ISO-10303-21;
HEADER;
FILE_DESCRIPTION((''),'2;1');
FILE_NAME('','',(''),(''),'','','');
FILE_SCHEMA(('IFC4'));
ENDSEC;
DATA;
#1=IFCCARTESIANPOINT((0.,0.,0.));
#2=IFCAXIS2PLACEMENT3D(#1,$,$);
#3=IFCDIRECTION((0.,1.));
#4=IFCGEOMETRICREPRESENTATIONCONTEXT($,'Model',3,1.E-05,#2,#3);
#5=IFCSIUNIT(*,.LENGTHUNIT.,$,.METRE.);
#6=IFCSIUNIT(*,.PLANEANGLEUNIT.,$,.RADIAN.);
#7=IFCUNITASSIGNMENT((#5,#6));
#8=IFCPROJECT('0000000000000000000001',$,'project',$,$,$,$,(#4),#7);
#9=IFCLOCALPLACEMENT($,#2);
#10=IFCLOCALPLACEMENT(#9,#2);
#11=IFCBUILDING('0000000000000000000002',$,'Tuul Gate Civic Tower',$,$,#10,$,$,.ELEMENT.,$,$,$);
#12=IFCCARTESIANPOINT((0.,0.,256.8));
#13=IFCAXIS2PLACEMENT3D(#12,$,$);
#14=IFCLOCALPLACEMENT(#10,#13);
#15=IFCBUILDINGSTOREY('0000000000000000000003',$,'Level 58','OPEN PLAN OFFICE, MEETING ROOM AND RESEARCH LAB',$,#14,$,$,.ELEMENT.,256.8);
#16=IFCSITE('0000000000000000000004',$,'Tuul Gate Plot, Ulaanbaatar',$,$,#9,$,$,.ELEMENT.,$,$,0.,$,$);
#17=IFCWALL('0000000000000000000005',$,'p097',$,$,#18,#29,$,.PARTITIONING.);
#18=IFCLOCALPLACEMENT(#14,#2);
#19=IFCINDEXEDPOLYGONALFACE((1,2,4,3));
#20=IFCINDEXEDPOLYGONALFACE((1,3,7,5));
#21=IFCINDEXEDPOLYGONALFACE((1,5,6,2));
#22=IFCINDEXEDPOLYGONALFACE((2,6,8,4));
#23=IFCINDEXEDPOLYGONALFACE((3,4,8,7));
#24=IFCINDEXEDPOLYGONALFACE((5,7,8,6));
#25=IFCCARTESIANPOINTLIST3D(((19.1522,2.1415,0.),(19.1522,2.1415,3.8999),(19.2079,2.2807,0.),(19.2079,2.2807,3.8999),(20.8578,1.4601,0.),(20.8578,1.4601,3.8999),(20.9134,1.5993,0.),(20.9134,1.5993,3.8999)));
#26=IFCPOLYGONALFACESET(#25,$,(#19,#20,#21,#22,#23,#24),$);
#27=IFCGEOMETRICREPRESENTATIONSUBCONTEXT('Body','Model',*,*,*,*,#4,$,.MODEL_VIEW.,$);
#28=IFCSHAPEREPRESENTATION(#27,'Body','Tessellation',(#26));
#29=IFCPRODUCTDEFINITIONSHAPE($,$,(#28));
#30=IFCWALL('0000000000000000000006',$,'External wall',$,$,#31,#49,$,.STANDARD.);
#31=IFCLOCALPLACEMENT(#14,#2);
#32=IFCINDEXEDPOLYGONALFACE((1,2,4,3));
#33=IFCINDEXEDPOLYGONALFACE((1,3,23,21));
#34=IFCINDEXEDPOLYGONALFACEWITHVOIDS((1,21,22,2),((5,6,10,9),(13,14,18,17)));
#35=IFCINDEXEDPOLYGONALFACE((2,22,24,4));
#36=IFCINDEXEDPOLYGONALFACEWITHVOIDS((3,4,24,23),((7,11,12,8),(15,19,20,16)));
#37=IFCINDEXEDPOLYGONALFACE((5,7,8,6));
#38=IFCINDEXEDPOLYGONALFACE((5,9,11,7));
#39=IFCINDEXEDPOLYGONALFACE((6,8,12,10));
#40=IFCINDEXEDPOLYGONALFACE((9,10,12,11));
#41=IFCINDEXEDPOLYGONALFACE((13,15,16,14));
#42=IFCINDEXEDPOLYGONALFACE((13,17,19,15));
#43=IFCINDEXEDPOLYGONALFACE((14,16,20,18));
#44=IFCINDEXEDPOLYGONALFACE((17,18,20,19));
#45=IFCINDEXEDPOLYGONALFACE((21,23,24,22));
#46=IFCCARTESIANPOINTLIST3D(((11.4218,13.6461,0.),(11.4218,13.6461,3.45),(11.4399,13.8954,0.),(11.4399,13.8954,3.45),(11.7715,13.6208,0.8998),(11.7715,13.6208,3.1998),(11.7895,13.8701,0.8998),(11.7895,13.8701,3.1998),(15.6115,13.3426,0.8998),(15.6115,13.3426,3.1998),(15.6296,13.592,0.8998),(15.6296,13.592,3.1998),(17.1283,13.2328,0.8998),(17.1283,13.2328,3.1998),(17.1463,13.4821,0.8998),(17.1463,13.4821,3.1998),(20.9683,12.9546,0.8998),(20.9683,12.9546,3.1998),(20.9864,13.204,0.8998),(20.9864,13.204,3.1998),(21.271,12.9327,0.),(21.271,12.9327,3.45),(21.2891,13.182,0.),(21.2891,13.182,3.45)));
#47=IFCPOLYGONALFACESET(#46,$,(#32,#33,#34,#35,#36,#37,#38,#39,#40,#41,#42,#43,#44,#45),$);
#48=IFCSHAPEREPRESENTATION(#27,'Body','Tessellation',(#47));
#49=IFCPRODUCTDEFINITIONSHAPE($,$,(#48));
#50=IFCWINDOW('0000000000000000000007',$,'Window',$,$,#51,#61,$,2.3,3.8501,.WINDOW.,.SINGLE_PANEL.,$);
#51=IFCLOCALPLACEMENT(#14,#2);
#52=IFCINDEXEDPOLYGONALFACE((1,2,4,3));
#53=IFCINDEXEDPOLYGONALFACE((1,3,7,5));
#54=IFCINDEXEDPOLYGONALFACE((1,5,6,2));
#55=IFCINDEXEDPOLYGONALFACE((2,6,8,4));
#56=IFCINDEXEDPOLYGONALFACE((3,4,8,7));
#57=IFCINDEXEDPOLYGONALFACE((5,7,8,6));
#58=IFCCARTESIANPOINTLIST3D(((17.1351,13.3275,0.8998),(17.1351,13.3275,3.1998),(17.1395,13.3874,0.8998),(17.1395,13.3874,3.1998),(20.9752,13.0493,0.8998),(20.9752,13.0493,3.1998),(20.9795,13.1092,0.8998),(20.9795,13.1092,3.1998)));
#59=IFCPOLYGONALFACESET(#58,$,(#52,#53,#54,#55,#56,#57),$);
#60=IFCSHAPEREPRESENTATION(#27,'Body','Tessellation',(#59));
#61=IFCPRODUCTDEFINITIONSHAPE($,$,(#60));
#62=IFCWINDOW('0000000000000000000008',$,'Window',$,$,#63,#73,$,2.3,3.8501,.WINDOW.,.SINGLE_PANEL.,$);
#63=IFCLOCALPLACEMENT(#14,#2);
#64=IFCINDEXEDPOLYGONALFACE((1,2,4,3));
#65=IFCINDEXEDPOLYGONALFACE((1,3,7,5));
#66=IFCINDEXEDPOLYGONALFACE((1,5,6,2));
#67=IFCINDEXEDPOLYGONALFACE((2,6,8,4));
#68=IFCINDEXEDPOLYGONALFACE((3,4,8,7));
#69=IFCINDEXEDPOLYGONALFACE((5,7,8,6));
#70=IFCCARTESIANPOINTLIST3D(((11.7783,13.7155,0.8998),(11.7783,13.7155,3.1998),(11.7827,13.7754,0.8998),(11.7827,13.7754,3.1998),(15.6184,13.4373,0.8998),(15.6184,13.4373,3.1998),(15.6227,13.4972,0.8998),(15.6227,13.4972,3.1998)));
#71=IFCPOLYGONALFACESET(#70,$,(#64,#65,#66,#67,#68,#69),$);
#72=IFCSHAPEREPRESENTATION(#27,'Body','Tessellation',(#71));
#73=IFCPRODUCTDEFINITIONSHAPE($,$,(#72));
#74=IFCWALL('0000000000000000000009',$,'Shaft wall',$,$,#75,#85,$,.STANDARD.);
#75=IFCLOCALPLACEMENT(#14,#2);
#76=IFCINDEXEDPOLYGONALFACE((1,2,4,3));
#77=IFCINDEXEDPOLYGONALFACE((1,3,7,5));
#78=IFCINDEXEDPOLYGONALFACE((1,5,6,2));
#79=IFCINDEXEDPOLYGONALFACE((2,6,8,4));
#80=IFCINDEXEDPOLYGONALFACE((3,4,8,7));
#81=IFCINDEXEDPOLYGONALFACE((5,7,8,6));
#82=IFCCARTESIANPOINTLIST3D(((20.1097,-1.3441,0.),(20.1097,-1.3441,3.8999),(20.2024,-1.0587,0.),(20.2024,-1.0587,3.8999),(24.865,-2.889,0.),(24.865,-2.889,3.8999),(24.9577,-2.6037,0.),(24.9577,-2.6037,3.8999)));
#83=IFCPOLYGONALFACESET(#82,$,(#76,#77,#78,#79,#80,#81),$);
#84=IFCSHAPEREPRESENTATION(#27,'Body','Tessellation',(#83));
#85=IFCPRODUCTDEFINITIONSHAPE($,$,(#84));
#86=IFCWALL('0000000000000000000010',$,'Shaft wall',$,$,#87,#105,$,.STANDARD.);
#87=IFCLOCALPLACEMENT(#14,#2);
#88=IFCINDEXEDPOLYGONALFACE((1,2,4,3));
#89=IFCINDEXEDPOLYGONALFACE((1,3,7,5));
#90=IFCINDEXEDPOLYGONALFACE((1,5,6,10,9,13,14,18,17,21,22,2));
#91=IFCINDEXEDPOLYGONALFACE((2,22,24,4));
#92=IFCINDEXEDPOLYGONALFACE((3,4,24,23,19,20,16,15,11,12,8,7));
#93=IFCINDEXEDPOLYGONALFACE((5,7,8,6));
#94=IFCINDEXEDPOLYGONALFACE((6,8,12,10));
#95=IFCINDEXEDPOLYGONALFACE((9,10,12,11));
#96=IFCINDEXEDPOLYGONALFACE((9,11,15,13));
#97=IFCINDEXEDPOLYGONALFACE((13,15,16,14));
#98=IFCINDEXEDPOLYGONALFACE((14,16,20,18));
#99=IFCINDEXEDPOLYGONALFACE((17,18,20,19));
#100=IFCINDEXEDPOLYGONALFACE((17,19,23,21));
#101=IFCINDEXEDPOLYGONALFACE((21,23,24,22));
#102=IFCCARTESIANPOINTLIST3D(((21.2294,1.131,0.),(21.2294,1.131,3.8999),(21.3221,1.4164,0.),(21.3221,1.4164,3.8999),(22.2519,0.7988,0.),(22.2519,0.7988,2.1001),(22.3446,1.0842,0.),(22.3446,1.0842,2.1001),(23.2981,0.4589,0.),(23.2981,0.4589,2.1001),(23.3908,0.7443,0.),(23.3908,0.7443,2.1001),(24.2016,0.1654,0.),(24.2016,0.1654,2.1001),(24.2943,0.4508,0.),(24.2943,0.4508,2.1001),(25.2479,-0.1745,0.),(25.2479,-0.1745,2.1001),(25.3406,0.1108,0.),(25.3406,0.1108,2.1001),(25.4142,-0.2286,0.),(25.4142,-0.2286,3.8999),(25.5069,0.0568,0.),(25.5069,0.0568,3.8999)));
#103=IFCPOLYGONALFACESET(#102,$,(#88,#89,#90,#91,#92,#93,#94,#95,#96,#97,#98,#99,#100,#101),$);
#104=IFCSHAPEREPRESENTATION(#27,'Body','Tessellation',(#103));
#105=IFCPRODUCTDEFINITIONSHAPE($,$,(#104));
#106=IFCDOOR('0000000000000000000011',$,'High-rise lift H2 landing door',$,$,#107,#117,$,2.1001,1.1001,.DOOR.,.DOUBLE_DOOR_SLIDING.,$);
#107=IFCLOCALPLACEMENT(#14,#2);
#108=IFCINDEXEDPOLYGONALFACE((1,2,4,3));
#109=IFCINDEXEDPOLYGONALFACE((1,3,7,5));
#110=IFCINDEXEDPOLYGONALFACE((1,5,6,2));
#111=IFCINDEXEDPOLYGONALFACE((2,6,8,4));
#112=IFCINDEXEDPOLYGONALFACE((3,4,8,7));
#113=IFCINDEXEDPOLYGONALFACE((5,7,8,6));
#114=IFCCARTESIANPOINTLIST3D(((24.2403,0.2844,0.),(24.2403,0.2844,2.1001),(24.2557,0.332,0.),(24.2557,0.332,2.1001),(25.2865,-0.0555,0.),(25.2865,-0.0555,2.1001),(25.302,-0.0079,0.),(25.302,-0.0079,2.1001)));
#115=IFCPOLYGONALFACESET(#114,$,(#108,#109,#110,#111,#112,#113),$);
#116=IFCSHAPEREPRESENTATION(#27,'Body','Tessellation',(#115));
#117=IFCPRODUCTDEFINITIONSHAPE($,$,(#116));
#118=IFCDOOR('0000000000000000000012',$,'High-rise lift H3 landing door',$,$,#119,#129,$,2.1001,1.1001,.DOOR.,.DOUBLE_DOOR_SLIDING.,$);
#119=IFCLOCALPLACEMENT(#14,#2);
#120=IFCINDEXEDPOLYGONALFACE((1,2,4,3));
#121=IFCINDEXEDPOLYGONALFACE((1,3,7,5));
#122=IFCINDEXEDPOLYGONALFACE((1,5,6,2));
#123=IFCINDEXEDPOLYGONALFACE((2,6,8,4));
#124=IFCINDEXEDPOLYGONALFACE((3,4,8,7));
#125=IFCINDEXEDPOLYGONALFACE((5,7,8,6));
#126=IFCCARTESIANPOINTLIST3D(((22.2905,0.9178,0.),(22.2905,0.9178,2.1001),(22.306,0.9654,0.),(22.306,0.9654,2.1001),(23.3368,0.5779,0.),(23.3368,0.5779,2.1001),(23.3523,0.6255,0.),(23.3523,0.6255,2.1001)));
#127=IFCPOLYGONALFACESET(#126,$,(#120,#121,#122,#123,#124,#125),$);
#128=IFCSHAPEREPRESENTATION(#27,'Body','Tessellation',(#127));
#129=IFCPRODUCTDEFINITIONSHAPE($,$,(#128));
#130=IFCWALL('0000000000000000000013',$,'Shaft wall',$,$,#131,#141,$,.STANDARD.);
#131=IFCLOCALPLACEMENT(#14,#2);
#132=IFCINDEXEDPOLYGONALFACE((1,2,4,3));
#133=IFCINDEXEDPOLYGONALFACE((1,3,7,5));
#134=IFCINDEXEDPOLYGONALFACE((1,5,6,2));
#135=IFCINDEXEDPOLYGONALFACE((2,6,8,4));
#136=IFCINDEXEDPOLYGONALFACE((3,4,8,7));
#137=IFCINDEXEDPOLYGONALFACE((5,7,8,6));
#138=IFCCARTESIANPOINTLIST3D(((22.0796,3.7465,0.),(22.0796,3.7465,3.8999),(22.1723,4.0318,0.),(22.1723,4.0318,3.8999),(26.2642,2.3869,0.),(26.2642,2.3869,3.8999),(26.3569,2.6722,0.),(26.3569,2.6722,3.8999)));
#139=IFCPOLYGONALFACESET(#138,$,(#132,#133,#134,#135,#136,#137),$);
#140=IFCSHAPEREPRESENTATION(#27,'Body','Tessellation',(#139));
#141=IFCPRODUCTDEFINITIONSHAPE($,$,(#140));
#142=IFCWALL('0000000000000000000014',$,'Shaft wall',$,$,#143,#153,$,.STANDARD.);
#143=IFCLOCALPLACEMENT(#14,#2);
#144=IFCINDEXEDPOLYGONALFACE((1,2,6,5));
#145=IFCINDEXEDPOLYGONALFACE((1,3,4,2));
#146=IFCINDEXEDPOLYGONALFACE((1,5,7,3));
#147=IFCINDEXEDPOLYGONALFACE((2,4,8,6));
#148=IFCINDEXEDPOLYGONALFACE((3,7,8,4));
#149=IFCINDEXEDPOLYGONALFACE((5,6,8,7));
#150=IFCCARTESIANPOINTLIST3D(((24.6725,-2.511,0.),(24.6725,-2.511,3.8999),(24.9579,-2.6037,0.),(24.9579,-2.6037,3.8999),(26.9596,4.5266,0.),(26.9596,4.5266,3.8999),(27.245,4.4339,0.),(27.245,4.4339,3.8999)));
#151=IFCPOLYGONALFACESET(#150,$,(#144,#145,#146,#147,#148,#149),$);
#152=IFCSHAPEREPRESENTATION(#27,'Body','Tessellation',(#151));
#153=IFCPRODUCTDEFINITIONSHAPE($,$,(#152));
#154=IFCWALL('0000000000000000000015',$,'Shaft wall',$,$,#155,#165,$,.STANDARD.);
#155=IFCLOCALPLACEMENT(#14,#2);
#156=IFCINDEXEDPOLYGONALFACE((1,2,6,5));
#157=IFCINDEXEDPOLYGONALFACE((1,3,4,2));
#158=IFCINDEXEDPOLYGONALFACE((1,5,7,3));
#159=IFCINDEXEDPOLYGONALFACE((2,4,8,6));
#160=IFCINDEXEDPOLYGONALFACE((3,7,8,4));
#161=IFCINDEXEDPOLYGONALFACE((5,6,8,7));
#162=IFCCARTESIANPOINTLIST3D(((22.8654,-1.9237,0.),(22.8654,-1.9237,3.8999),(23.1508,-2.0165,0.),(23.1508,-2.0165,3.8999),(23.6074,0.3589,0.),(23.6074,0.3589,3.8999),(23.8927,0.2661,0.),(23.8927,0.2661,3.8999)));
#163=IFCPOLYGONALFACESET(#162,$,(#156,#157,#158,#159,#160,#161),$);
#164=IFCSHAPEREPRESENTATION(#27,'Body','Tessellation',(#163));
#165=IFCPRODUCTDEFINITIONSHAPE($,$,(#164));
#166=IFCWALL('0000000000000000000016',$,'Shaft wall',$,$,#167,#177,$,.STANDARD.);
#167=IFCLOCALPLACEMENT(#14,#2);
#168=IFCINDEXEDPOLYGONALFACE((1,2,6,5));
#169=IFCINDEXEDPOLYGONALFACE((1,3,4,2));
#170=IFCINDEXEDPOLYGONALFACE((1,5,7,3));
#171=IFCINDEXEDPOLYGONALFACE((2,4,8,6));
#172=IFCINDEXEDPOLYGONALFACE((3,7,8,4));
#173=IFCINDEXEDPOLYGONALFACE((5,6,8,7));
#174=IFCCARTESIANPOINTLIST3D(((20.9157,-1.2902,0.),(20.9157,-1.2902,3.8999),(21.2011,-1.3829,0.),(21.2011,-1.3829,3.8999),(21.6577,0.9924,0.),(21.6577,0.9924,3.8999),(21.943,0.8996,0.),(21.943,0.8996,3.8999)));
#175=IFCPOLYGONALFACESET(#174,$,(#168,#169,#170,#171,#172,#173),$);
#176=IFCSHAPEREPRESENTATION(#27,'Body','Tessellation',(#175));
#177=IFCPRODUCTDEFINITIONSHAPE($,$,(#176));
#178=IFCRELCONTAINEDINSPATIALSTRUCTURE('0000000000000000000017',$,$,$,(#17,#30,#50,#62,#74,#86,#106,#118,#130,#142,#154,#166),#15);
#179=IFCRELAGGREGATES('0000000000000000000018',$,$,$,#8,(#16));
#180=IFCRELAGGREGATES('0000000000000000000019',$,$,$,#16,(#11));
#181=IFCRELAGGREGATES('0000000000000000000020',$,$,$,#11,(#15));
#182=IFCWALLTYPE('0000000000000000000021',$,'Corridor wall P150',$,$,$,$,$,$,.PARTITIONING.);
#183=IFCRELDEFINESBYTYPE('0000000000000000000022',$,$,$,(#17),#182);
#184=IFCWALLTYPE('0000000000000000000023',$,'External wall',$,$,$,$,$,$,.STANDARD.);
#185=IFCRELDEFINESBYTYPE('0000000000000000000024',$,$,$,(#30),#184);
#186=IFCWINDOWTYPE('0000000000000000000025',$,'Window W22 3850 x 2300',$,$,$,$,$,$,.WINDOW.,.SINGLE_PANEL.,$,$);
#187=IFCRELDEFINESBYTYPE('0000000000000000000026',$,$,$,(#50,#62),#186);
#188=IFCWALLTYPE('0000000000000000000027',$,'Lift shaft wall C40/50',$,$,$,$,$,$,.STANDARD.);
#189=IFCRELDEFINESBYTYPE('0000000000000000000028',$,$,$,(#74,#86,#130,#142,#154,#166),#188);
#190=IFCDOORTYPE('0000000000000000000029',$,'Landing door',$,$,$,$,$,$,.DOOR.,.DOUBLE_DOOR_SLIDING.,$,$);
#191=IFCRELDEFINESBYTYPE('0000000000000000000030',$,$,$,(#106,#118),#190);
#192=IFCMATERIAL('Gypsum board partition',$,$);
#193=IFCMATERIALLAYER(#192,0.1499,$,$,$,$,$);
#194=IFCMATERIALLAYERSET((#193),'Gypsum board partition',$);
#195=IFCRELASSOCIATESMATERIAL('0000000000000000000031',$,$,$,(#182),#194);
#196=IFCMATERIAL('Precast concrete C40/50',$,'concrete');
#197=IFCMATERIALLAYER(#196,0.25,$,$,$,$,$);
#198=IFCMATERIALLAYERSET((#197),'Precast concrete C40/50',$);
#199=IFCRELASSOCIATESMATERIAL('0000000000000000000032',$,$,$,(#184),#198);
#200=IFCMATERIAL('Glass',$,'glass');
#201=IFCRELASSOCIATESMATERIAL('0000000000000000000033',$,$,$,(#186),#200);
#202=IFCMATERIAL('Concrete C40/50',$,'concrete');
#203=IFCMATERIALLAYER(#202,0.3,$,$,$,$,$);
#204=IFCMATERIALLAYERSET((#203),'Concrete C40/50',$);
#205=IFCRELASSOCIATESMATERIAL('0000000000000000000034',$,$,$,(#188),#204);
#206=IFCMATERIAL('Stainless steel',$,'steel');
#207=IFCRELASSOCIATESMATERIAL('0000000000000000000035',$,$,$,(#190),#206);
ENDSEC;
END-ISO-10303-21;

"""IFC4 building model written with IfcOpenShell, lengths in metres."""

from ifc_helpers import new_model, si_unit, direction, frame, frame_2d, origin, place, context, subcontext, project, spatial, rectangle, extrude, material, layer, layer_set, type_object, element, fill, save


model = new_model("IFC4")

# Units and contexts
model_context = context("Model", 3, precision=1e-05, world=origin(), true_north=direction((0.0, 1.0)))
body_context = subcontext(model_context, "Body", "Model", "MODEL_VIEW")
ifc_project = project(units=[si_unit("LENGTHUNIT", "METRE"), si_unit("PLANEANGLEUNIT", "RADIAN")], contexts=[model_context])

# Site, building, storey
site_placement = place(None, origin())
site = spatial("IfcSite", under=ifc_project, at=site_placement, Name="Tuul Gate Plot, Ulaanbaatar", CompositionType="ELEMENT", RefElevation=0.0)
building_placement = place(site_placement, origin())
building = spatial("IfcBuilding", under=site, at=building_placement, Name="Tuul Gate Civic Tower", CompositionType="ELEMENT")
storey_placement = place(building_placement, frame((0.0, 0.0, 256.8)))
storey = spatial("IfcBuildingStorey", under=building, at=storey_placement, Name="Level 58", Description="OPEN PLAN OFFICE, MEETING ROOM AND RESEARCH LAB", CompositionType="ELEMENT", Elevation=256.8)

# Shared definitions
ifc_material_1 = material(Name="Gypsum board partition")
ifc_layer_1 = layer(ifc_material_1, 0.1499)
ifc_layer_set_1 = layer_set([ifc_layer_1], Name="Gypsum board partition")
wall_type_1 = type_object("IfcWallType", Name="Corridor wall P150", PredefinedType="PARTITIONING", material=ifc_layer_set_1)

# Wall
wall_1_placement = place(storey_placement, frame((19.1799, 2.2112, 0.0), z_axis=(0.0, 0.0, 1.0), x_axis=(0.928632, -0.371001, 0.0)))
element("IfcWall", 1, at=wall_1_placement, inside=storey, type_object=wall_type_1, Name="p097", PredefinedType="PARTITIONING", context=body_context, shape_type="SweptSolid", body=[
    extrude(rectangle(XDim=1.8367, YDim=0.1499, at=frame_2d((0.9185, 0.0))), origin(), (0.0, 0.0, 1.0), 3.8999),
])

# Wall, openings, windows
ifc_material_2 = material(Name="Precast concrete C40/50", Category="concrete")
ifc_layer_2 = layer(ifc_material_2, 0.25)
ifc_layer_set_2 = layer_set([ifc_layer_2], Name="Precast concrete C40/50")
wall_type_2 = type_object("IfcWallType", Name="External wall", PredefinedType="STANDARD", material=ifc_layer_set_2)
wall_2_placement = place(storey_placement, frame((21.28, 13.0574, 0.0), z_axis=(0.0, 0.0, 1.0), x_axis=(-0.997387, 0.072241, 0.0)))
wall_2 = element("IfcWall", 2, at=wall_2_placement, inside=storey, type_object=wall_type_2, Name="External wall", PredefinedType="STANDARD", context=body_context, shape_type="SweptSolid", body=[
    extrude(rectangle(XDim=9.875, YDim=0.25, at=frame_2d((4.9375, 0.0))), origin(), (0.0, 0.0, 1.0), 3.45),
])
opening_1_placement = place(wall_2_placement, frame((0.3035, 0.0, 0.8999)))
opening_1 = element("IfcOpeningElement", 3, at=opening_1_placement, cuts=wall_2, PredefinedType="OPENING", context=body_context, shape_type="SweptSolid", body=[
    extrude(rectangle(XDim=3.8501, YDim=2.3, at=frame_2d((1.925, 1.1499))), frame((0.0, 0.135, 0.0), z_axis=(0.0, -1.0, 0.0), x_axis=(1.0, 0.0, 0.0)), (0.0, 0.0, 1.0), 0.27),
])
opening_2_placement = place(wall_2_placement, frame((5.6743, 0.0, 0.8999)))
opening_2 = element("IfcOpeningElement", 4, at=opening_2_placement, cuts=wall_2, PredefinedType="OPENING", context=body_context, shape_type="SweptSolid", body=[
    extrude(rectangle(XDim=3.8501, YDim=2.3, at=frame_2d((1.925, 1.1499))), frame((0.0, 0.135, 0.0), z_axis=(0.0, -1.0, 0.0), x_axis=(1.0, 0.0, 0.0)), (0.0, 0.0, 1.0), 0.27),
])
ifc_material_3 = material(Name="Glass", Category="glass")
window_type = type_object("IfcWindowType", Name="Window W22 3850 x 2300", PartitioningType="SINGLE_PANEL", PredefinedType="WINDOW", material=ifc_material_3)
window_1_placement = place(opening_1_placement, origin())
window_1 = element("IfcWindow", 5, at=window_1_placement, inside=storey, type_object=window_type, Name="Window", OverallHeight=2.3, OverallWidth=3.8501, PartitioningType="SINGLE_PANEL", PredefinedType="WINDOW", context=body_context, shape_type="SweptSolid", body=[
    extrude(rectangle(XDim=3.8501, YDim=2.3, at=frame_2d((1.925, 1.1499))), frame((0.0, 0.03, 0.0), z_axis=(0.0, -1.0, 0.0), x_axis=(1.0, 0.0, 0.0)), (0.0, 0.0, 1.0), 0.0601),
])
fill(opening_1, window_1)
window_2_placement = place(opening_2_placement, origin())
window_2 = element("IfcWindow", 6, at=window_2_placement, inside=storey, type_object=window_type, Name="Window", OverallHeight=2.3, OverallWidth=3.8501, PartitioningType="SINGLE_PANEL", PredefinedType="WINDOW", context=body_context, shape_type="SweptSolid", body=[
    extrude(rectangle(XDim=3.8501, YDim=2.3, at=frame_2d((1.925, 1.1499))), frame((0.0, 0.03, 0.0), z_axis=(0.0, -1.0, 0.0), x_axis=(1.0, 0.0, 0.0)), (0.0, 0.0, 1.0), 0.0601),
])
fill(opening_2, window_2)

# Wall
ifc_material_4 = material(Name="Concrete C40/50", Category="concrete")
ifc_layer_3 = layer(ifc_material_4, 0.3)
ifc_layer_set_3 = layer_set([ifc_layer_3], Name="Concrete C40/50")
wall_type_3 = type_object("IfcWallType", Name="Lift shaft wall C40/50", PredefinedType="STANDARD", material=ifc_layer_set_3)
wall_3_placement = place(storey_placement, frame((24.9114, -2.7463, 0.0), z_axis=(0.0, 0.0, 1.0), x_axis=(-0.951068, 0.308982, 0.0)))
element("IfcWall", 7, at=wall_3_placement, inside=storey, type_object=wall_type_3, Name="Shaft wall", PredefinedType="STANDARD", context=body_context, shape_type="SweptSolid", body=[
    extrude(rectangle(XDim=5.0, YDim=0.3, at=frame_2d((2.5, 0.0))), origin(), (0.0, 0.0, 1.0), 3.8999),
])

# Wall, openings, doors
wall_4_placement = place(storey_placement, frame((25.4607, -0.0859, 0.0), z_axis=(0.0, 0.0, 1.0), x_axis=(-0.951064, 0.308994, 0.0)))
wall_4 = element("IfcWall", 8, at=wall_4_placement, inside=storey, type_object=wall_type_3, Name="Shaft wall", PredefinedType="STANDARD", context=body_context, shape_type="SweptSolid", body=[
    extrude(rectangle(XDim=4.4001, YDim=0.3, at=frame_2d((2.2002, 0.0))), origin(), (0.0, 0.0, 1.0), 3.8999),
])
opening_3_placement = place(wall_4_placement, frame((0.175, 0.0, 0.0)))
opening_3 = element("IfcOpeningElement", 9, at=opening_3_placement, cuts=wall_4, PredefinedType="OPENING", context=body_context, shape_type="SweptSolid", body=[
    extrude(rectangle(XDim=1.1001, YDim=2.1001, at=frame_2d((0.55, 1.05))), frame((0.0, 0.1602, 0.0), z_axis=(0.0, -1.0, 0.0), x_axis=(1.0, 0.0, 0.0)), (0.0, 0.0, 1.0), 0.3201),
])
opening_4_placement = place(wall_4_placement, frame((2.2251, 0.0, 0.0)))
opening_4 = element("IfcOpeningElement", 10, at=opening_4_placement, cuts=wall_4, PredefinedType="OPENING", context=body_context, shape_type="SweptSolid", body=[
    extrude(rectangle(XDim=1.1001, YDim=2.1001, at=frame_2d((0.55, 1.05))), frame((0.0, 0.1602, 0.0), z_axis=(0.0, -1.0, 0.0), x_axis=(1.0, 0.0, 0.0)), (0.0, 0.0, 1.0), 0.3201),
])
ifc_material_5 = material(Name="Stainless steel", Category="steel")
door_type_1 = type_object("IfcDoorType", Name="Landing door", OperationType="DOUBLE_DOOR_SLIDING", PredefinedType="DOOR", material=ifc_material_5)
door_1_placement = place(opening_3_placement, origin())
door_1 = element("IfcDoor", 11, at=door_1_placement, inside=storey, type_object=door_type_1, Name="High-rise lift H2 landing door", OperationType="DOUBLE_DOOR_SLIDING", OverallHeight=2.1001, OverallWidth=1.1001, PredefinedType="DOOR", context=body_context, shape_type="SweptSolid", body=[
    extrude(rectangle(XDim=1.1001, YDim=2.1001, at=frame_2d((0.55, 1.05))), frame((0.0, 0.0249, 0.0), z_axis=(0.0, -1.0, 0.0), x_axis=(1.0, 0.0, 0.0)), (0.0, 0.0, 1.0), 0.05),
])
fill(opening_3, door_1)
door_2_placement = place(opening_4_placement, origin())
door_2 = element("IfcDoor", 12, at=door_2_placement, inside=storey, type_object=door_type_1, Name="High-rise lift H3 landing door", OperationType="DOUBLE_DOOR_SLIDING", OverallHeight=2.1001, OverallWidth=1.1001, PredefinedType="DOOR", context=body_context, shape_type="SweptSolid", body=[
    extrude(rectangle(XDim=1.1001, YDim=2.1001, at=frame_2d((0.55, 1.05))), frame((0.0, 0.0249, 0.0), z_axis=(0.0, -1.0, 0.0), x_axis=(1.0, 0.0, 0.0)), (0.0, 0.0, 1.0), 0.05),
])
fill(opening_4, door_2)

# Walls
wall_5_placement = place(storey_placement, frame((26.3105, 2.5295, 0.0), z_axis=(0.0, 0.0, 1.0), x_axis=(-0.951059, 0.309011, 0.0)))
element("IfcWall", 13, at=wall_5_placement, inside=storey, type_object=wall_type_3, Name="Shaft wall", PredefinedType="STANDARD", context=body_context, shape_type="SweptSolid", body=[
    extrude(rectangle(XDim=4.3999, YDim=0.3, at=frame_2d((2.2, 0.0))), origin(), (0.0, 0.0, 1.0), 3.8999),
])
wall_6_placement = place(storey_placement, frame((24.8152, -2.5574, 0.0), z_axis=(0.0, 0.0, 1.0), x_axis=(0.309073, 0.951038, 0.0)))
element("IfcWall", 14, at=wall_6_placement, inside=storey, type_object=wall_type_3, Name="Shaft wall", PredefinedType="STANDARD", context=body_context, shape_type="SweptSolid", body=[
    extrude(rectangle(XDim=7.3999, YDim=0.3, at=frame_2d((3.7, 0.0))), origin(), (0.0, 0.0, 1.0), 3.8999),
])
for number, where, z_axis, x_axis, name in (
    (15, (23.0081, -1.9702, 0.0), (0.0, 0.0, 1.0), (0.309139, 0.951017, 0.0), "Shaft wall"),
    (16, (21.0583, -1.3367, 0.0), (0.0, 0.0, 1.0), (0.309139, 0.951017, 0.0), "Shaft wall"),
):
    element("IfcWall", number, at=place(storey_placement, frame(where, z_axis=z_axis, x_axis=x_axis)), inside=storey, type_object=wall_type_3, Name=name, PredefinedType="STANDARD", context=body_context, shape_type="SweptSolid", body=[
        extrude(rectangle(XDim=2.4001, YDim=0.3, at=frame_2d((1.2002, 0.0))), origin(), (0.0, 0.0, 1.0), 3.8999),
    ])

save(model, "model.ifc")
